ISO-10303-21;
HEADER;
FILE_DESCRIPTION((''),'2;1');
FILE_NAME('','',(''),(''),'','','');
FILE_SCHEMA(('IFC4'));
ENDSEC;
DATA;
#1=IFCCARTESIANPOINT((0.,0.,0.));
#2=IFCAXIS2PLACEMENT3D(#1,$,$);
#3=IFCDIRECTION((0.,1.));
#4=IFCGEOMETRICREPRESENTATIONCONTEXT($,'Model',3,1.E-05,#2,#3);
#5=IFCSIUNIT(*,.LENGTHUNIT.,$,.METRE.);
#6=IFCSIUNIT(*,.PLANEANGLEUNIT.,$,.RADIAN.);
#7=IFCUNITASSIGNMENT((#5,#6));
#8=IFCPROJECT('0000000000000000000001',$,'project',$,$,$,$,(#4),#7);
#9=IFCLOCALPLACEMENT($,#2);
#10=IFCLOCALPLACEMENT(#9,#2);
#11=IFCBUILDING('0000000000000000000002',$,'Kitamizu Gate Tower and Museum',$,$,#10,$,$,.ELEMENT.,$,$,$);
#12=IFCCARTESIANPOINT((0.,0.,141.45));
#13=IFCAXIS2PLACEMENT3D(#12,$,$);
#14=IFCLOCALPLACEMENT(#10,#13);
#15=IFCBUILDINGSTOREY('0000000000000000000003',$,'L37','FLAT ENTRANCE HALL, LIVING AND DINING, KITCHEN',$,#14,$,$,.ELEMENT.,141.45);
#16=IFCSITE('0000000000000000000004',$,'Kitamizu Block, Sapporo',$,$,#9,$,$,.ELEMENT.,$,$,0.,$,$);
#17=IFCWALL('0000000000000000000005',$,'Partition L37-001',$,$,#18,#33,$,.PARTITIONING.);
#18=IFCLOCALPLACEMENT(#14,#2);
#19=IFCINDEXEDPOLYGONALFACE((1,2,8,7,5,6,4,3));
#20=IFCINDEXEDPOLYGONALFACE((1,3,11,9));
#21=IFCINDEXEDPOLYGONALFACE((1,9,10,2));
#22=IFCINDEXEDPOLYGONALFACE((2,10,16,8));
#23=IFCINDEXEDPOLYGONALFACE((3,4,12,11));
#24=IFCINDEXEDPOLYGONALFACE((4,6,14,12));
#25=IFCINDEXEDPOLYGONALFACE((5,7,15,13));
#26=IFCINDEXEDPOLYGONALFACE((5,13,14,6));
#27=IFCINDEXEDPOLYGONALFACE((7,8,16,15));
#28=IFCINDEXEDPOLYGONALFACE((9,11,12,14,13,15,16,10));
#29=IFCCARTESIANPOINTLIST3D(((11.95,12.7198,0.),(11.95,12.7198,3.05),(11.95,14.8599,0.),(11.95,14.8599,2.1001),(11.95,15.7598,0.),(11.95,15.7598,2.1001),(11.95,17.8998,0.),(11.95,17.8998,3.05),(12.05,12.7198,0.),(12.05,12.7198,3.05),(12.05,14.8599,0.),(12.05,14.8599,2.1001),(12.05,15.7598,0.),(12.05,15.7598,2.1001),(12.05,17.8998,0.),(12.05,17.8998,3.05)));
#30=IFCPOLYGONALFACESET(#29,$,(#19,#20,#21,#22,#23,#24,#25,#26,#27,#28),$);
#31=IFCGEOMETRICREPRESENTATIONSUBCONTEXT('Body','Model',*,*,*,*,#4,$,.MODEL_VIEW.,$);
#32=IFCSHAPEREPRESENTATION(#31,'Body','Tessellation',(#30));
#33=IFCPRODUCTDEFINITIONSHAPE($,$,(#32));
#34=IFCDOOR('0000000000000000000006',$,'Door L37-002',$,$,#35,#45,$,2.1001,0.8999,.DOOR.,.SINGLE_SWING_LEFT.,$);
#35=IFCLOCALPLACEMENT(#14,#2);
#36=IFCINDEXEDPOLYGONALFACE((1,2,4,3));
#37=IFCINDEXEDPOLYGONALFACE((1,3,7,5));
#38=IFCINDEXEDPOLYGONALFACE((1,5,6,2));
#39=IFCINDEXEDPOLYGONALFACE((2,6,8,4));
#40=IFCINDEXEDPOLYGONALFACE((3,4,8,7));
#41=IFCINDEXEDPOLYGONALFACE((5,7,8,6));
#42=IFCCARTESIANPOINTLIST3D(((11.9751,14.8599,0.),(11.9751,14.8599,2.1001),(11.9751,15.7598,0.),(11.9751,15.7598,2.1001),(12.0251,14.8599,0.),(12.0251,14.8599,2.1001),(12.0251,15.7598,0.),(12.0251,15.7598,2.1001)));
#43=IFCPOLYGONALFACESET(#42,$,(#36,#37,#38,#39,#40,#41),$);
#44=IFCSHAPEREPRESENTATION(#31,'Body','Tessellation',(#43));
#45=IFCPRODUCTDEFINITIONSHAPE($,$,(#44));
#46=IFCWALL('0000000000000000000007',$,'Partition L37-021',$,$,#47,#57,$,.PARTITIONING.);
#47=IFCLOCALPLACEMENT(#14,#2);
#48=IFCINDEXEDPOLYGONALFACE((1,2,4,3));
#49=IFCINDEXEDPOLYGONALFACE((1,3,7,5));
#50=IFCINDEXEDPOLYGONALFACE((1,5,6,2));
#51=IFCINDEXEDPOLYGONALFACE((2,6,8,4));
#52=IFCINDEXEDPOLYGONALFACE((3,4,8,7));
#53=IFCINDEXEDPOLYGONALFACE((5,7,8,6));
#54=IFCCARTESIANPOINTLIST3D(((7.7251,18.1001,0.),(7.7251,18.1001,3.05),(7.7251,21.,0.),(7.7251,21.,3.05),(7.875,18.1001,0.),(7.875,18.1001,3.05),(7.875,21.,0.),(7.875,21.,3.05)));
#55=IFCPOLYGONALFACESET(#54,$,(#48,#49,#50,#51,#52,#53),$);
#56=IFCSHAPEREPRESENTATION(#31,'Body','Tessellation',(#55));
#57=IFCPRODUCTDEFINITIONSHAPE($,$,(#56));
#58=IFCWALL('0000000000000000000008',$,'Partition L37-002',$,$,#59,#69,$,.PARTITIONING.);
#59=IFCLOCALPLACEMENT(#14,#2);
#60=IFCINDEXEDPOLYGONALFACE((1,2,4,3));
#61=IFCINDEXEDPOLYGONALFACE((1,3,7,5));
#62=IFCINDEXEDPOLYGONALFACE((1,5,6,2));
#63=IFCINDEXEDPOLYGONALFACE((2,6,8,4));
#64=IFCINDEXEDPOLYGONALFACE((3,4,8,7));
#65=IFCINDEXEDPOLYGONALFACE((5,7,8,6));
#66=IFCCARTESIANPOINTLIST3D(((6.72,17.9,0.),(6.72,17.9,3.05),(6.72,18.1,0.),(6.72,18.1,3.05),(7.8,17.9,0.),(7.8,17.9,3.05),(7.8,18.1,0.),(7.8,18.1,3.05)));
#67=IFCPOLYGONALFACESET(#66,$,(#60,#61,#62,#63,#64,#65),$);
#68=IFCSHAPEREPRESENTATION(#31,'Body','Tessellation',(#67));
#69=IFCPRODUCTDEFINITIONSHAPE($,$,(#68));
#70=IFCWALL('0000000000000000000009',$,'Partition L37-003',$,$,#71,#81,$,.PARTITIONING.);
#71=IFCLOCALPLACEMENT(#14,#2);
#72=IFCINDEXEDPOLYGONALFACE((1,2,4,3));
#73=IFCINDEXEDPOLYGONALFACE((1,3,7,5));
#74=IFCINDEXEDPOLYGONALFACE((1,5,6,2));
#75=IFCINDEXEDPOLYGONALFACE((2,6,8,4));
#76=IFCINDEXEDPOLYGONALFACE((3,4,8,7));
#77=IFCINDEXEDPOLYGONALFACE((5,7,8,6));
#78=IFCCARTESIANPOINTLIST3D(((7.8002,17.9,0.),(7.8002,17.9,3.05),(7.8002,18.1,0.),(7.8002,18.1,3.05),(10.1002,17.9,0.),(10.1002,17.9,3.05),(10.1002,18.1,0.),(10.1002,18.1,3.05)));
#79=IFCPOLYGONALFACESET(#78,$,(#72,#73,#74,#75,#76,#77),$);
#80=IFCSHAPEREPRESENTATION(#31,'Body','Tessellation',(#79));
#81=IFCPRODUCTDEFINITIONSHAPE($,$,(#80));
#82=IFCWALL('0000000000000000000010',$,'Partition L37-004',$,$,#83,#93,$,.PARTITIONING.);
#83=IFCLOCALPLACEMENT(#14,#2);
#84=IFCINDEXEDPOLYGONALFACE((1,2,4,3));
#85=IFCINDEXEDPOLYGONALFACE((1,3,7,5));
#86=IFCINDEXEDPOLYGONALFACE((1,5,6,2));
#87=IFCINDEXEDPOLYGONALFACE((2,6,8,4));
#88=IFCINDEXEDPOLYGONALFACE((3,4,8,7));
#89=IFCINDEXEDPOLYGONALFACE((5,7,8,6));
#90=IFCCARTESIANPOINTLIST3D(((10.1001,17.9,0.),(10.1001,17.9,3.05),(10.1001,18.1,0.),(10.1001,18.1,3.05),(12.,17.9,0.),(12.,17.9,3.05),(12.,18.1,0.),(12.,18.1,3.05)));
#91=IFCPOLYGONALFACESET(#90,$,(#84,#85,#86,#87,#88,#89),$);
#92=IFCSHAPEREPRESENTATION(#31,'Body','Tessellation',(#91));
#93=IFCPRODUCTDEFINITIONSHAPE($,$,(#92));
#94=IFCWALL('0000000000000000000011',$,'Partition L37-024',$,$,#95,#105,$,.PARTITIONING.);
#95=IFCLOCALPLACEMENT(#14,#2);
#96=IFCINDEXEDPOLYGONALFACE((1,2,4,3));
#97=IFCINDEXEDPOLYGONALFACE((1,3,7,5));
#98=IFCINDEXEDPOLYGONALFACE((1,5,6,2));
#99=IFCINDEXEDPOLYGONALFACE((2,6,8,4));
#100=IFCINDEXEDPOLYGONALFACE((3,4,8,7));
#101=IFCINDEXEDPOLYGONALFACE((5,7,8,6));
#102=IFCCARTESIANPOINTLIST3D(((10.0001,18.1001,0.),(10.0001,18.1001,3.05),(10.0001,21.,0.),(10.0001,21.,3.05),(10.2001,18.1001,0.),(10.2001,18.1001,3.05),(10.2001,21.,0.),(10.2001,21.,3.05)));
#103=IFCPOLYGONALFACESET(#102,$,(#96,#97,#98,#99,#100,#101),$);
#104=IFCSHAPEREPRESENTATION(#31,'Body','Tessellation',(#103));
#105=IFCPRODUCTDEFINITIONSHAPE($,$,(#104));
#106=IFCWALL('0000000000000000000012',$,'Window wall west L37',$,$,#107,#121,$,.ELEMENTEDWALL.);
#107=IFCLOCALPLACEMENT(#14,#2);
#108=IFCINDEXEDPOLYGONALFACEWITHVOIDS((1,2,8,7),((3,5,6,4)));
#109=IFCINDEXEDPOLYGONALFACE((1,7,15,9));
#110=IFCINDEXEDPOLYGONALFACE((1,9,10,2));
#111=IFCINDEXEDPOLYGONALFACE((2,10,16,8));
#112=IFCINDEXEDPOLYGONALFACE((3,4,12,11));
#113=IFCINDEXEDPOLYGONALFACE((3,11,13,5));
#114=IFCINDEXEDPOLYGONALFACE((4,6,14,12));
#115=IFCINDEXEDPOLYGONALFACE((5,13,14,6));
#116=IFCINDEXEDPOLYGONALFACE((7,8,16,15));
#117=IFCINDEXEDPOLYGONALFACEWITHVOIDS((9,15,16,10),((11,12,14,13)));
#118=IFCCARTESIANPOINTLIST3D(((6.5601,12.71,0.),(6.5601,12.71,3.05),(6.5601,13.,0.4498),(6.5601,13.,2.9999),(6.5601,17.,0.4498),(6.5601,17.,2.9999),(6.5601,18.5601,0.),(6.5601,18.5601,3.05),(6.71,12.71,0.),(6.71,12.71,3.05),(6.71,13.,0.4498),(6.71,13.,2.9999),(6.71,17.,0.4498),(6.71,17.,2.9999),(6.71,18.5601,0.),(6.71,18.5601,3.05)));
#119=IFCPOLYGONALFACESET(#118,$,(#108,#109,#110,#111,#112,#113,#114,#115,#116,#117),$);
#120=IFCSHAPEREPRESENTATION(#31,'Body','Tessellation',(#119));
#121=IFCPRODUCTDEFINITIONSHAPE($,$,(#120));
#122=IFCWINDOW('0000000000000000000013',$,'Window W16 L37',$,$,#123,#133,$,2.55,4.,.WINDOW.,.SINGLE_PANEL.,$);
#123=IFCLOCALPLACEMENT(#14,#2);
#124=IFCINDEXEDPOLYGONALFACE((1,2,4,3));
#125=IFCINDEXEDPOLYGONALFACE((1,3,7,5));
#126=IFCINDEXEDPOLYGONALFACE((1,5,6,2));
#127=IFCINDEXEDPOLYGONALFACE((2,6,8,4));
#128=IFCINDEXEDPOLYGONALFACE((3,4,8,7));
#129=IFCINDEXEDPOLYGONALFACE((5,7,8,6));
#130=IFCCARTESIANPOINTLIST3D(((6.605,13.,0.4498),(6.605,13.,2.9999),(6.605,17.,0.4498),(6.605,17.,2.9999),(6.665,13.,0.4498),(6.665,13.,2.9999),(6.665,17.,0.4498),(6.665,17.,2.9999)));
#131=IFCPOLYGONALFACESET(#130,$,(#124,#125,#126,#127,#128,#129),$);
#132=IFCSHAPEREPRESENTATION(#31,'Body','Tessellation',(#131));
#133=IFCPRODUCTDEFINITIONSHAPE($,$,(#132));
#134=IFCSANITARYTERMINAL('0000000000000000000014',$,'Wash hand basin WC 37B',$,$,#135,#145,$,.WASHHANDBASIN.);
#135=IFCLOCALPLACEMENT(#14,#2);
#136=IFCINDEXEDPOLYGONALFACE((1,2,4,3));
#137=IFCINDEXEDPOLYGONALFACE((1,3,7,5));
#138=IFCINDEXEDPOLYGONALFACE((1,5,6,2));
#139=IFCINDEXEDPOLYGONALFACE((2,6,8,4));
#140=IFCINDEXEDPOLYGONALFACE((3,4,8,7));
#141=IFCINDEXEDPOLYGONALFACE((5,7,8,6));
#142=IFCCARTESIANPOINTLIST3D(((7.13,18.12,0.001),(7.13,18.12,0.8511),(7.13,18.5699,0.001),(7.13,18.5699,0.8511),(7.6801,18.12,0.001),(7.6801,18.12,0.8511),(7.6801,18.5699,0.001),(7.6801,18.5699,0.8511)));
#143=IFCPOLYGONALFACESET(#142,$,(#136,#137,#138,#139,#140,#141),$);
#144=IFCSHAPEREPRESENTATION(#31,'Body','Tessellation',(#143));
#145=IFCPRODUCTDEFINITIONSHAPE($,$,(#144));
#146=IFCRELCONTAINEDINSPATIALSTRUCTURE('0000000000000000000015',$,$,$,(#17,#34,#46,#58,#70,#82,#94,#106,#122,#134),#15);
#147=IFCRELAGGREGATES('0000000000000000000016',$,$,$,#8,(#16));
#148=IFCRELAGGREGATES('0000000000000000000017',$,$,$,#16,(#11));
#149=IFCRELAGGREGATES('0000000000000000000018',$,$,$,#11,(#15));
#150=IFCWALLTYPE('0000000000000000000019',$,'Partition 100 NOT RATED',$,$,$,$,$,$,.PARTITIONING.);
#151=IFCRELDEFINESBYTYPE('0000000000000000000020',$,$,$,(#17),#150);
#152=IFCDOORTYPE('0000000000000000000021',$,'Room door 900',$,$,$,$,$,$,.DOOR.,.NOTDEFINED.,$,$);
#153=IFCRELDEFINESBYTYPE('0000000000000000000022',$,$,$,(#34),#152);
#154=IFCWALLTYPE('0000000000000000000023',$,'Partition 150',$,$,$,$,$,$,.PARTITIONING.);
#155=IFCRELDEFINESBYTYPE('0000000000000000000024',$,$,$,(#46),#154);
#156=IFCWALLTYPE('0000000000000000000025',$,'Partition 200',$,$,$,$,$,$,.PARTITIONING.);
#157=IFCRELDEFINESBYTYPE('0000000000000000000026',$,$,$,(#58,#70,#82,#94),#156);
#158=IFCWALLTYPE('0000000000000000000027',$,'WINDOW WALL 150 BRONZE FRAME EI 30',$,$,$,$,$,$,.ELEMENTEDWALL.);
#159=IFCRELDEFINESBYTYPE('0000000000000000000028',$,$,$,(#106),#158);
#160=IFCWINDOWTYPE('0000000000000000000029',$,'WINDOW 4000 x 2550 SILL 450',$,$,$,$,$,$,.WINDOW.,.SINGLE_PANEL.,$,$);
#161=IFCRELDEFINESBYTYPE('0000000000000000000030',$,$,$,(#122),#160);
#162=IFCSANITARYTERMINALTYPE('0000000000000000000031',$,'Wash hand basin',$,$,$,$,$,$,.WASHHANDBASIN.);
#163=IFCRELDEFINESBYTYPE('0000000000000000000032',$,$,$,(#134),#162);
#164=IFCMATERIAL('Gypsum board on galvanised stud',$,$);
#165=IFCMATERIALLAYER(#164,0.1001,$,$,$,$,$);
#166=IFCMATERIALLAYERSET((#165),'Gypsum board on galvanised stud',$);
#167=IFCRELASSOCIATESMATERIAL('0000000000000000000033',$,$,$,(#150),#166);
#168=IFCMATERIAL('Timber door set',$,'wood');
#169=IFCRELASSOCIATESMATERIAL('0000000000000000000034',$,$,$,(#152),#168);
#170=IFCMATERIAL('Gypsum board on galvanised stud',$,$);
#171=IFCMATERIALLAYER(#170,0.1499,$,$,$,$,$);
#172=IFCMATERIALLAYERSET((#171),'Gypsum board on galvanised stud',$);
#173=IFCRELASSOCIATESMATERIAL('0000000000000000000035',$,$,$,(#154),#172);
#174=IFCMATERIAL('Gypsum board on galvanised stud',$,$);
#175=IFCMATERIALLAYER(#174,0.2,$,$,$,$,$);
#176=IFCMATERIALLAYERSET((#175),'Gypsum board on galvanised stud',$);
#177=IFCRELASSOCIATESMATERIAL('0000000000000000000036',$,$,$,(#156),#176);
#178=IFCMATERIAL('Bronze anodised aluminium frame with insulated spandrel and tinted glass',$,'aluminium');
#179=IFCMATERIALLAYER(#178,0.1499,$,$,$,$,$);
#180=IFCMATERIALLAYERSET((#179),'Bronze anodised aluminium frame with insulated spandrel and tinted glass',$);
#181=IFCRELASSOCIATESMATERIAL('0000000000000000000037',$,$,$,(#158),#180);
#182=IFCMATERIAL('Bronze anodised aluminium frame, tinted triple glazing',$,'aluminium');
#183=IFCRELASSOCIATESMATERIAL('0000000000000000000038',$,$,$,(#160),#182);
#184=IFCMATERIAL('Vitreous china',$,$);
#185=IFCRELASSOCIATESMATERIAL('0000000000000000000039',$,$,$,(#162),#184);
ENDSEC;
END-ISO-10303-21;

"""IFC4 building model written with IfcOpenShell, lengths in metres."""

from ifc_helpers import new_model, si_unit, direction, frame, frame_2d, origin, origin_2d, place, context, subcontext, project, spatial, rectangle, extrude, material, layer, layer_set, type_object, element, fill, save


model = new_model("IFC4")

# Units and contexts
model_context = context("Model", 3, precision=1e-05, world=origin(), true_north=direction((0.0, 1.0)))
body_context = subcontext(model_context, "Body", "Model", "MODEL_VIEW")
ifc_project = project(units=[si_unit("LENGTHUNIT", "METRE"), si_unit("PLANEANGLEUNIT", "RADIAN")], contexts=[model_context])

# Site, building, storey
site_placement = place(None, origin())
site = spatial("IfcSite", under=ifc_project, at=site_placement, Name="Kitamizu Block, Sapporo", CompositionType="ELEMENT", RefElevation=0.0)
building_placement = place(site_placement, origin())
building = spatial("IfcBuilding", under=site, at=building_placement, Name="Kitamizu Gate Tower and Museum", CompositionType="ELEMENT")
storey_placement = place(building_placement, frame((0.0, 0.0, 141.45)))
storey = spatial("IfcBuildingStorey", under=building, at=storey_placement, Name="L37", Description="FLAT ENTRANCE HALL, LIVING AND DINING, KITCHEN", CompositionType="ELEMENT", Elevation=141.45)

# Wall, opening, door
ifc_material_1 = material(Name="Gypsum board on galvanised stud")
ifc_layer_1 = layer(ifc_material_1, 0.1001)
ifc_layer_set_1 = layer_set([ifc_layer_1], Name="Gypsum board on galvanised stud")
wall_type_1 = type_object("IfcWallType", Name="Partition 100 NOT RATED", PredefinedType="PARTITIONING", material=ifc_layer_set_1)
wall_1_placement = place(storey_placement, frame((12.0, 12.72, 0.0), z_axis=(0.0, 0.0, 1.0), x_axis=(0.0, 1.0, 0.0)))
wall_1 = element("IfcWall", 1, at=wall_1_placement, inside=storey, type_object=wall_type_1, Name="Partition L37-001", PredefinedType="PARTITIONING", context=body_context, shape_type="SweptSolid", body=[
    extrude(rectangle(XDim=5.1799, YDim=0.1001, at=frame_2d((2.5898, 0.0))), origin(), (0.0, 0.0, 1.0), 3.05),
])
opening_1_placement = place(wall_1_placement, frame((2.1399, 0.0, 0.0)))
opening_1 = element("IfcOpeningElement", 2, at=opening_1_placement, cuts=wall_1, PredefinedType="OPENING", context=body_context, shape_type="SweptSolid", body=[
    extrude(rectangle(XDim=0.8999, YDim=2.1001, at=frame_2d((0.45, 1.05))), frame((0.0, 0.0601, 0.0), z_axis=(0.0, -1.0, 0.0), x_axis=(1.0, 0.0, 0.0)), (0.0, 0.0, 1.0), 0.1201),
])
ifc_material_2 = material(Name="Timber door set", Category="wood")
door_type = type_object("IfcDoorType", Name="Room door 900", OperationType="NOTDEFINED", PredefinedType="DOOR", material=ifc_material_2)
door_placement = place(opening_1_placement, origin())
door = element("IfcDoor", 3, at=door_placement, inside=storey, type_object=door_type, Name="Door L37-002", OperationType="SINGLE_SWING_LEFT", OverallHeight=2.1001, OverallWidth=0.8999, PredefinedType="DOOR", context=body_context, shape_type="SweptSolid", body=[
    extrude(rectangle(XDim=0.8999, YDim=2.1001, at=frame_2d((0.45, 1.05))), frame((0.0, 0.0249, 0.0), z_axis=(0.0, -1.0, 0.0), x_axis=(1.0, 0.0, 0.0)), (0.0, 0.0, 1.0), 0.05),
])
fill(opening_1, door)

# Walls
ifc_material_3 = material(Name="Gypsum board on galvanised stud")
ifc_layer_2 = layer(ifc_material_3, 0.1499)
ifc_layer_set_2 = layer_set([ifc_layer_2], Name="Gypsum board on galvanised stud")
wall_type_2 = type_object("IfcWallType", Name="Partition 150", PredefinedType="PARTITIONING", material=ifc_layer_set_2)
wall_2_placement = place(storey_placement, frame((7.8, 18.1001, 0.0), z_axis=(0.0, 0.0, 1.0), x_axis=(0.0, 1.0, 0.0)))
element("IfcWall", 4, at=wall_2_placement, inside=storey, type_object=wall_type_2, Name="Partition L37-021", PredefinedType="PARTITIONING", context=body_context, shape_type="SweptSolid", body=[
    extrude(rectangle(XDim=2.8999, YDim=0.1499, at=frame_2d((1.45, 0.0))), origin(), (0.0, 0.0, 1.0), 3.05),
])
ifc_material_4 = material(Name="Gypsum board on galvanised stud")
ifc_layer_3 = layer(ifc_material_4, 0.2)
ifc_layer_set_3 = layer_set([ifc_layer_3], Name="Gypsum board on galvanised stud")
wall_type_3 = type_object("IfcWallType", Name="Partition 200", PredefinedType="PARTITIONING", material=ifc_layer_set_3)
wall_3_placement = place(storey_placement, frame((7.8, 18.0, 0.0), z_axis=(0.0, 0.0, 1.0), x_axis=(-1.0, 0.0, 0.0)))
element("IfcWall", 5, at=wall_3_placement, inside=storey, type_object=wall_type_3, Name="Partition L37-002", PredefinedType="PARTITIONING", context=body_context, shape_type="SweptSolid", body=[
    extrude(rectangle(XDim=1.0801, YDim=0.2, at=frame_2d((0.54, 0.0))), origin(), (0.0, 0.0, 1.0), 3.05),
])
wall_4_placement = place(storey_placement, frame((10.1001, 18.0, 0.0), z_axis=(0.0, 0.0, 1.0), x_axis=(-1.0, 0.0, 0.0)))
element("IfcWall", 6, at=wall_4_placement, inside=storey, type_object=wall_type_3, Name="Partition L37-003", PredefinedType="PARTITIONING", context=body_context, shape_type="SweptSolid", body=[
    extrude(rectangle(XDim=2.3, YDim=0.2, at=frame_2d((1.1499, 0.0))), origin(), (0.0, 0.0, 1.0), 3.05),
])
wall_5_placement = place(storey_placement, frame((12.0, 18.0, 0.0), z_axis=(0.0, 0.0, 1.0), x_axis=(-1.0, 0.0, 0.0)))
element("IfcWall", 7, at=wall_5_placement, inside=storey, type_object=wall_type_3, Name="Partition L37-004", PredefinedType="PARTITIONING", context=body_context, shape_type="SweptSolid", body=[
    extrude(rectangle(XDim=1.8999, YDim=0.2, at=frame_2d((0.95, 0.0))), origin(), (0.0, 0.0, 1.0), 3.05),
])
wall_6_placement = place(storey_placement, frame((10.1001, 18.1001, 0.0), z_axis=(0.0, 0.0, 1.0), x_axis=(0.0, 1.0, 0.0)))
element("IfcWall", 8, at=wall_6_placement, inside=storey, type_object=wall_type_3, Name="Partition L37-024", PredefinedType="PARTITIONING", context=body_context, shape_type="SweptSolid", body=[
    extrude(rectangle(XDim=2.8999, YDim=0.2, at=frame_2d((1.45, 0.0))), origin(), (0.0, 0.0, 1.0), 3.05),
])

# Shared definitions
ifc_material_5 = material(Name="Bronze anodised aluminium frame with insulated spandrel and tinted glass", Category="aluminium")
ifc_layer_4 = layer(ifc_material_5, 0.1499)
ifc_layer_set_4 = layer_set([ifc_layer_4], Name="Bronze anodised aluminium frame with insulated spandrel and tinted glass")
wall_type_4 = type_object("IfcWallType", Name="WINDOW WALL 150 BRONZE FRAME EI 30", PredefinedType="ELEMENTEDWALL", material=ifc_layer_set_4)

# Wall, opening, window
wall_7_placement = place(storey_placement, frame((6.635, 12.71, 0.0), z_axis=(0.0, 0.0, 1.0), x_axis=(0.0, 1.0, 0.0)))
wall_7 = element("IfcWall", 9, at=wall_7_placement, inside=storey, type_object=wall_type_4, Name="Window wall west L37", PredefinedType="ELEMENTEDWALL", context=body_context, shape_type="SweptSolid", body=[
    extrude(rectangle(XDim=5.8501, YDim=0.1499, at=frame_2d((2.925, 0.0))), origin(), (0.0, 0.0, 1.0), 3.05),
])
opening_2_placement = place(wall_7_placement, frame((0.29, 0.0, 0.45)))
opening_2 = element("IfcOpeningElement", 10, at=opening_2_placement, cuts=wall_7, PredefinedType="OPENING", context=body_context, shape_type="SweptSolid", body=[
    extrude(rectangle(XDim=4.0, YDim=2.55, at=frame_2d((2.0, 1.2749))), frame((0.0, 0.085, 0.0), z_axis=(0.0, -1.0, 0.0), x_axis=(1.0, 0.0, 0.0)), (0.0, 0.0, 1.0), 0.1699),
])
ifc_material_6 = material(Name="Bronze anodised aluminium frame, tinted triple glazing", Category="aluminium")
window_type_1 = type_object("IfcWindowType", Name="WINDOW 4000 x 2550 SILL 450", PartitioningType="SINGLE_PANEL", PredefinedType="WINDOW", material=ifc_material_6)
window_1_placement = place(opening_2_placement, origin())
window_1 = element("IfcWindow", 11, at=window_1_placement, inside=storey, type_object=window_type_1, Name="Window W16 L37", OverallHeight=2.55, OverallWidth=4.0, PartitioningType="SINGLE_PANEL", PredefinedType="WINDOW", context=body_context, shape_type="SweptSolid", body=[
    extrude(rectangle(XDim=4.0, YDim=2.55, at=frame_2d((2.0, 1.2749))), frame((0.0, 0.03, 0.0), z_axis=(0.0, -1.0, 0.0), x_axis=(1.0, 0.0, 0.0)), (0.0, 0.0, 1.0), 0.0601),
])
fill(opening_2, window_1)

# Sanitary terminal
ifc_material_7 = material(Name="Vitreous china")
sanitary_terminal_type = type_object("IfcSanitaryTerminalType", Name="Wash hand basin", PredefinedType="WASHHANDBASIN", material=ifc_material_7)
sanitary_terminal_placement = place(storey_placement, frame((7.405, 18.345, 0.001), z_axis=(0.0, 0.0, 1.0), x_axis=(1.0, 0.0, 0.0)))
element("IfcSanitaryTerminal", 12, at=sanitary_terminal_placement, inside=storey, type_object=sanitary_terminal_type, Name="Wash hand basin WC 37B", PredefinedType="WASHHANDBASIN", context=body_context, shape_type="SweptSolid", body=[
    extrude(rectangle(XDim=0.55, YDim=0.45, at=origin_2d()), origin(), (0.0, 0.0, 1.0), 0.8501),
])

save(model, "model.ifc")
